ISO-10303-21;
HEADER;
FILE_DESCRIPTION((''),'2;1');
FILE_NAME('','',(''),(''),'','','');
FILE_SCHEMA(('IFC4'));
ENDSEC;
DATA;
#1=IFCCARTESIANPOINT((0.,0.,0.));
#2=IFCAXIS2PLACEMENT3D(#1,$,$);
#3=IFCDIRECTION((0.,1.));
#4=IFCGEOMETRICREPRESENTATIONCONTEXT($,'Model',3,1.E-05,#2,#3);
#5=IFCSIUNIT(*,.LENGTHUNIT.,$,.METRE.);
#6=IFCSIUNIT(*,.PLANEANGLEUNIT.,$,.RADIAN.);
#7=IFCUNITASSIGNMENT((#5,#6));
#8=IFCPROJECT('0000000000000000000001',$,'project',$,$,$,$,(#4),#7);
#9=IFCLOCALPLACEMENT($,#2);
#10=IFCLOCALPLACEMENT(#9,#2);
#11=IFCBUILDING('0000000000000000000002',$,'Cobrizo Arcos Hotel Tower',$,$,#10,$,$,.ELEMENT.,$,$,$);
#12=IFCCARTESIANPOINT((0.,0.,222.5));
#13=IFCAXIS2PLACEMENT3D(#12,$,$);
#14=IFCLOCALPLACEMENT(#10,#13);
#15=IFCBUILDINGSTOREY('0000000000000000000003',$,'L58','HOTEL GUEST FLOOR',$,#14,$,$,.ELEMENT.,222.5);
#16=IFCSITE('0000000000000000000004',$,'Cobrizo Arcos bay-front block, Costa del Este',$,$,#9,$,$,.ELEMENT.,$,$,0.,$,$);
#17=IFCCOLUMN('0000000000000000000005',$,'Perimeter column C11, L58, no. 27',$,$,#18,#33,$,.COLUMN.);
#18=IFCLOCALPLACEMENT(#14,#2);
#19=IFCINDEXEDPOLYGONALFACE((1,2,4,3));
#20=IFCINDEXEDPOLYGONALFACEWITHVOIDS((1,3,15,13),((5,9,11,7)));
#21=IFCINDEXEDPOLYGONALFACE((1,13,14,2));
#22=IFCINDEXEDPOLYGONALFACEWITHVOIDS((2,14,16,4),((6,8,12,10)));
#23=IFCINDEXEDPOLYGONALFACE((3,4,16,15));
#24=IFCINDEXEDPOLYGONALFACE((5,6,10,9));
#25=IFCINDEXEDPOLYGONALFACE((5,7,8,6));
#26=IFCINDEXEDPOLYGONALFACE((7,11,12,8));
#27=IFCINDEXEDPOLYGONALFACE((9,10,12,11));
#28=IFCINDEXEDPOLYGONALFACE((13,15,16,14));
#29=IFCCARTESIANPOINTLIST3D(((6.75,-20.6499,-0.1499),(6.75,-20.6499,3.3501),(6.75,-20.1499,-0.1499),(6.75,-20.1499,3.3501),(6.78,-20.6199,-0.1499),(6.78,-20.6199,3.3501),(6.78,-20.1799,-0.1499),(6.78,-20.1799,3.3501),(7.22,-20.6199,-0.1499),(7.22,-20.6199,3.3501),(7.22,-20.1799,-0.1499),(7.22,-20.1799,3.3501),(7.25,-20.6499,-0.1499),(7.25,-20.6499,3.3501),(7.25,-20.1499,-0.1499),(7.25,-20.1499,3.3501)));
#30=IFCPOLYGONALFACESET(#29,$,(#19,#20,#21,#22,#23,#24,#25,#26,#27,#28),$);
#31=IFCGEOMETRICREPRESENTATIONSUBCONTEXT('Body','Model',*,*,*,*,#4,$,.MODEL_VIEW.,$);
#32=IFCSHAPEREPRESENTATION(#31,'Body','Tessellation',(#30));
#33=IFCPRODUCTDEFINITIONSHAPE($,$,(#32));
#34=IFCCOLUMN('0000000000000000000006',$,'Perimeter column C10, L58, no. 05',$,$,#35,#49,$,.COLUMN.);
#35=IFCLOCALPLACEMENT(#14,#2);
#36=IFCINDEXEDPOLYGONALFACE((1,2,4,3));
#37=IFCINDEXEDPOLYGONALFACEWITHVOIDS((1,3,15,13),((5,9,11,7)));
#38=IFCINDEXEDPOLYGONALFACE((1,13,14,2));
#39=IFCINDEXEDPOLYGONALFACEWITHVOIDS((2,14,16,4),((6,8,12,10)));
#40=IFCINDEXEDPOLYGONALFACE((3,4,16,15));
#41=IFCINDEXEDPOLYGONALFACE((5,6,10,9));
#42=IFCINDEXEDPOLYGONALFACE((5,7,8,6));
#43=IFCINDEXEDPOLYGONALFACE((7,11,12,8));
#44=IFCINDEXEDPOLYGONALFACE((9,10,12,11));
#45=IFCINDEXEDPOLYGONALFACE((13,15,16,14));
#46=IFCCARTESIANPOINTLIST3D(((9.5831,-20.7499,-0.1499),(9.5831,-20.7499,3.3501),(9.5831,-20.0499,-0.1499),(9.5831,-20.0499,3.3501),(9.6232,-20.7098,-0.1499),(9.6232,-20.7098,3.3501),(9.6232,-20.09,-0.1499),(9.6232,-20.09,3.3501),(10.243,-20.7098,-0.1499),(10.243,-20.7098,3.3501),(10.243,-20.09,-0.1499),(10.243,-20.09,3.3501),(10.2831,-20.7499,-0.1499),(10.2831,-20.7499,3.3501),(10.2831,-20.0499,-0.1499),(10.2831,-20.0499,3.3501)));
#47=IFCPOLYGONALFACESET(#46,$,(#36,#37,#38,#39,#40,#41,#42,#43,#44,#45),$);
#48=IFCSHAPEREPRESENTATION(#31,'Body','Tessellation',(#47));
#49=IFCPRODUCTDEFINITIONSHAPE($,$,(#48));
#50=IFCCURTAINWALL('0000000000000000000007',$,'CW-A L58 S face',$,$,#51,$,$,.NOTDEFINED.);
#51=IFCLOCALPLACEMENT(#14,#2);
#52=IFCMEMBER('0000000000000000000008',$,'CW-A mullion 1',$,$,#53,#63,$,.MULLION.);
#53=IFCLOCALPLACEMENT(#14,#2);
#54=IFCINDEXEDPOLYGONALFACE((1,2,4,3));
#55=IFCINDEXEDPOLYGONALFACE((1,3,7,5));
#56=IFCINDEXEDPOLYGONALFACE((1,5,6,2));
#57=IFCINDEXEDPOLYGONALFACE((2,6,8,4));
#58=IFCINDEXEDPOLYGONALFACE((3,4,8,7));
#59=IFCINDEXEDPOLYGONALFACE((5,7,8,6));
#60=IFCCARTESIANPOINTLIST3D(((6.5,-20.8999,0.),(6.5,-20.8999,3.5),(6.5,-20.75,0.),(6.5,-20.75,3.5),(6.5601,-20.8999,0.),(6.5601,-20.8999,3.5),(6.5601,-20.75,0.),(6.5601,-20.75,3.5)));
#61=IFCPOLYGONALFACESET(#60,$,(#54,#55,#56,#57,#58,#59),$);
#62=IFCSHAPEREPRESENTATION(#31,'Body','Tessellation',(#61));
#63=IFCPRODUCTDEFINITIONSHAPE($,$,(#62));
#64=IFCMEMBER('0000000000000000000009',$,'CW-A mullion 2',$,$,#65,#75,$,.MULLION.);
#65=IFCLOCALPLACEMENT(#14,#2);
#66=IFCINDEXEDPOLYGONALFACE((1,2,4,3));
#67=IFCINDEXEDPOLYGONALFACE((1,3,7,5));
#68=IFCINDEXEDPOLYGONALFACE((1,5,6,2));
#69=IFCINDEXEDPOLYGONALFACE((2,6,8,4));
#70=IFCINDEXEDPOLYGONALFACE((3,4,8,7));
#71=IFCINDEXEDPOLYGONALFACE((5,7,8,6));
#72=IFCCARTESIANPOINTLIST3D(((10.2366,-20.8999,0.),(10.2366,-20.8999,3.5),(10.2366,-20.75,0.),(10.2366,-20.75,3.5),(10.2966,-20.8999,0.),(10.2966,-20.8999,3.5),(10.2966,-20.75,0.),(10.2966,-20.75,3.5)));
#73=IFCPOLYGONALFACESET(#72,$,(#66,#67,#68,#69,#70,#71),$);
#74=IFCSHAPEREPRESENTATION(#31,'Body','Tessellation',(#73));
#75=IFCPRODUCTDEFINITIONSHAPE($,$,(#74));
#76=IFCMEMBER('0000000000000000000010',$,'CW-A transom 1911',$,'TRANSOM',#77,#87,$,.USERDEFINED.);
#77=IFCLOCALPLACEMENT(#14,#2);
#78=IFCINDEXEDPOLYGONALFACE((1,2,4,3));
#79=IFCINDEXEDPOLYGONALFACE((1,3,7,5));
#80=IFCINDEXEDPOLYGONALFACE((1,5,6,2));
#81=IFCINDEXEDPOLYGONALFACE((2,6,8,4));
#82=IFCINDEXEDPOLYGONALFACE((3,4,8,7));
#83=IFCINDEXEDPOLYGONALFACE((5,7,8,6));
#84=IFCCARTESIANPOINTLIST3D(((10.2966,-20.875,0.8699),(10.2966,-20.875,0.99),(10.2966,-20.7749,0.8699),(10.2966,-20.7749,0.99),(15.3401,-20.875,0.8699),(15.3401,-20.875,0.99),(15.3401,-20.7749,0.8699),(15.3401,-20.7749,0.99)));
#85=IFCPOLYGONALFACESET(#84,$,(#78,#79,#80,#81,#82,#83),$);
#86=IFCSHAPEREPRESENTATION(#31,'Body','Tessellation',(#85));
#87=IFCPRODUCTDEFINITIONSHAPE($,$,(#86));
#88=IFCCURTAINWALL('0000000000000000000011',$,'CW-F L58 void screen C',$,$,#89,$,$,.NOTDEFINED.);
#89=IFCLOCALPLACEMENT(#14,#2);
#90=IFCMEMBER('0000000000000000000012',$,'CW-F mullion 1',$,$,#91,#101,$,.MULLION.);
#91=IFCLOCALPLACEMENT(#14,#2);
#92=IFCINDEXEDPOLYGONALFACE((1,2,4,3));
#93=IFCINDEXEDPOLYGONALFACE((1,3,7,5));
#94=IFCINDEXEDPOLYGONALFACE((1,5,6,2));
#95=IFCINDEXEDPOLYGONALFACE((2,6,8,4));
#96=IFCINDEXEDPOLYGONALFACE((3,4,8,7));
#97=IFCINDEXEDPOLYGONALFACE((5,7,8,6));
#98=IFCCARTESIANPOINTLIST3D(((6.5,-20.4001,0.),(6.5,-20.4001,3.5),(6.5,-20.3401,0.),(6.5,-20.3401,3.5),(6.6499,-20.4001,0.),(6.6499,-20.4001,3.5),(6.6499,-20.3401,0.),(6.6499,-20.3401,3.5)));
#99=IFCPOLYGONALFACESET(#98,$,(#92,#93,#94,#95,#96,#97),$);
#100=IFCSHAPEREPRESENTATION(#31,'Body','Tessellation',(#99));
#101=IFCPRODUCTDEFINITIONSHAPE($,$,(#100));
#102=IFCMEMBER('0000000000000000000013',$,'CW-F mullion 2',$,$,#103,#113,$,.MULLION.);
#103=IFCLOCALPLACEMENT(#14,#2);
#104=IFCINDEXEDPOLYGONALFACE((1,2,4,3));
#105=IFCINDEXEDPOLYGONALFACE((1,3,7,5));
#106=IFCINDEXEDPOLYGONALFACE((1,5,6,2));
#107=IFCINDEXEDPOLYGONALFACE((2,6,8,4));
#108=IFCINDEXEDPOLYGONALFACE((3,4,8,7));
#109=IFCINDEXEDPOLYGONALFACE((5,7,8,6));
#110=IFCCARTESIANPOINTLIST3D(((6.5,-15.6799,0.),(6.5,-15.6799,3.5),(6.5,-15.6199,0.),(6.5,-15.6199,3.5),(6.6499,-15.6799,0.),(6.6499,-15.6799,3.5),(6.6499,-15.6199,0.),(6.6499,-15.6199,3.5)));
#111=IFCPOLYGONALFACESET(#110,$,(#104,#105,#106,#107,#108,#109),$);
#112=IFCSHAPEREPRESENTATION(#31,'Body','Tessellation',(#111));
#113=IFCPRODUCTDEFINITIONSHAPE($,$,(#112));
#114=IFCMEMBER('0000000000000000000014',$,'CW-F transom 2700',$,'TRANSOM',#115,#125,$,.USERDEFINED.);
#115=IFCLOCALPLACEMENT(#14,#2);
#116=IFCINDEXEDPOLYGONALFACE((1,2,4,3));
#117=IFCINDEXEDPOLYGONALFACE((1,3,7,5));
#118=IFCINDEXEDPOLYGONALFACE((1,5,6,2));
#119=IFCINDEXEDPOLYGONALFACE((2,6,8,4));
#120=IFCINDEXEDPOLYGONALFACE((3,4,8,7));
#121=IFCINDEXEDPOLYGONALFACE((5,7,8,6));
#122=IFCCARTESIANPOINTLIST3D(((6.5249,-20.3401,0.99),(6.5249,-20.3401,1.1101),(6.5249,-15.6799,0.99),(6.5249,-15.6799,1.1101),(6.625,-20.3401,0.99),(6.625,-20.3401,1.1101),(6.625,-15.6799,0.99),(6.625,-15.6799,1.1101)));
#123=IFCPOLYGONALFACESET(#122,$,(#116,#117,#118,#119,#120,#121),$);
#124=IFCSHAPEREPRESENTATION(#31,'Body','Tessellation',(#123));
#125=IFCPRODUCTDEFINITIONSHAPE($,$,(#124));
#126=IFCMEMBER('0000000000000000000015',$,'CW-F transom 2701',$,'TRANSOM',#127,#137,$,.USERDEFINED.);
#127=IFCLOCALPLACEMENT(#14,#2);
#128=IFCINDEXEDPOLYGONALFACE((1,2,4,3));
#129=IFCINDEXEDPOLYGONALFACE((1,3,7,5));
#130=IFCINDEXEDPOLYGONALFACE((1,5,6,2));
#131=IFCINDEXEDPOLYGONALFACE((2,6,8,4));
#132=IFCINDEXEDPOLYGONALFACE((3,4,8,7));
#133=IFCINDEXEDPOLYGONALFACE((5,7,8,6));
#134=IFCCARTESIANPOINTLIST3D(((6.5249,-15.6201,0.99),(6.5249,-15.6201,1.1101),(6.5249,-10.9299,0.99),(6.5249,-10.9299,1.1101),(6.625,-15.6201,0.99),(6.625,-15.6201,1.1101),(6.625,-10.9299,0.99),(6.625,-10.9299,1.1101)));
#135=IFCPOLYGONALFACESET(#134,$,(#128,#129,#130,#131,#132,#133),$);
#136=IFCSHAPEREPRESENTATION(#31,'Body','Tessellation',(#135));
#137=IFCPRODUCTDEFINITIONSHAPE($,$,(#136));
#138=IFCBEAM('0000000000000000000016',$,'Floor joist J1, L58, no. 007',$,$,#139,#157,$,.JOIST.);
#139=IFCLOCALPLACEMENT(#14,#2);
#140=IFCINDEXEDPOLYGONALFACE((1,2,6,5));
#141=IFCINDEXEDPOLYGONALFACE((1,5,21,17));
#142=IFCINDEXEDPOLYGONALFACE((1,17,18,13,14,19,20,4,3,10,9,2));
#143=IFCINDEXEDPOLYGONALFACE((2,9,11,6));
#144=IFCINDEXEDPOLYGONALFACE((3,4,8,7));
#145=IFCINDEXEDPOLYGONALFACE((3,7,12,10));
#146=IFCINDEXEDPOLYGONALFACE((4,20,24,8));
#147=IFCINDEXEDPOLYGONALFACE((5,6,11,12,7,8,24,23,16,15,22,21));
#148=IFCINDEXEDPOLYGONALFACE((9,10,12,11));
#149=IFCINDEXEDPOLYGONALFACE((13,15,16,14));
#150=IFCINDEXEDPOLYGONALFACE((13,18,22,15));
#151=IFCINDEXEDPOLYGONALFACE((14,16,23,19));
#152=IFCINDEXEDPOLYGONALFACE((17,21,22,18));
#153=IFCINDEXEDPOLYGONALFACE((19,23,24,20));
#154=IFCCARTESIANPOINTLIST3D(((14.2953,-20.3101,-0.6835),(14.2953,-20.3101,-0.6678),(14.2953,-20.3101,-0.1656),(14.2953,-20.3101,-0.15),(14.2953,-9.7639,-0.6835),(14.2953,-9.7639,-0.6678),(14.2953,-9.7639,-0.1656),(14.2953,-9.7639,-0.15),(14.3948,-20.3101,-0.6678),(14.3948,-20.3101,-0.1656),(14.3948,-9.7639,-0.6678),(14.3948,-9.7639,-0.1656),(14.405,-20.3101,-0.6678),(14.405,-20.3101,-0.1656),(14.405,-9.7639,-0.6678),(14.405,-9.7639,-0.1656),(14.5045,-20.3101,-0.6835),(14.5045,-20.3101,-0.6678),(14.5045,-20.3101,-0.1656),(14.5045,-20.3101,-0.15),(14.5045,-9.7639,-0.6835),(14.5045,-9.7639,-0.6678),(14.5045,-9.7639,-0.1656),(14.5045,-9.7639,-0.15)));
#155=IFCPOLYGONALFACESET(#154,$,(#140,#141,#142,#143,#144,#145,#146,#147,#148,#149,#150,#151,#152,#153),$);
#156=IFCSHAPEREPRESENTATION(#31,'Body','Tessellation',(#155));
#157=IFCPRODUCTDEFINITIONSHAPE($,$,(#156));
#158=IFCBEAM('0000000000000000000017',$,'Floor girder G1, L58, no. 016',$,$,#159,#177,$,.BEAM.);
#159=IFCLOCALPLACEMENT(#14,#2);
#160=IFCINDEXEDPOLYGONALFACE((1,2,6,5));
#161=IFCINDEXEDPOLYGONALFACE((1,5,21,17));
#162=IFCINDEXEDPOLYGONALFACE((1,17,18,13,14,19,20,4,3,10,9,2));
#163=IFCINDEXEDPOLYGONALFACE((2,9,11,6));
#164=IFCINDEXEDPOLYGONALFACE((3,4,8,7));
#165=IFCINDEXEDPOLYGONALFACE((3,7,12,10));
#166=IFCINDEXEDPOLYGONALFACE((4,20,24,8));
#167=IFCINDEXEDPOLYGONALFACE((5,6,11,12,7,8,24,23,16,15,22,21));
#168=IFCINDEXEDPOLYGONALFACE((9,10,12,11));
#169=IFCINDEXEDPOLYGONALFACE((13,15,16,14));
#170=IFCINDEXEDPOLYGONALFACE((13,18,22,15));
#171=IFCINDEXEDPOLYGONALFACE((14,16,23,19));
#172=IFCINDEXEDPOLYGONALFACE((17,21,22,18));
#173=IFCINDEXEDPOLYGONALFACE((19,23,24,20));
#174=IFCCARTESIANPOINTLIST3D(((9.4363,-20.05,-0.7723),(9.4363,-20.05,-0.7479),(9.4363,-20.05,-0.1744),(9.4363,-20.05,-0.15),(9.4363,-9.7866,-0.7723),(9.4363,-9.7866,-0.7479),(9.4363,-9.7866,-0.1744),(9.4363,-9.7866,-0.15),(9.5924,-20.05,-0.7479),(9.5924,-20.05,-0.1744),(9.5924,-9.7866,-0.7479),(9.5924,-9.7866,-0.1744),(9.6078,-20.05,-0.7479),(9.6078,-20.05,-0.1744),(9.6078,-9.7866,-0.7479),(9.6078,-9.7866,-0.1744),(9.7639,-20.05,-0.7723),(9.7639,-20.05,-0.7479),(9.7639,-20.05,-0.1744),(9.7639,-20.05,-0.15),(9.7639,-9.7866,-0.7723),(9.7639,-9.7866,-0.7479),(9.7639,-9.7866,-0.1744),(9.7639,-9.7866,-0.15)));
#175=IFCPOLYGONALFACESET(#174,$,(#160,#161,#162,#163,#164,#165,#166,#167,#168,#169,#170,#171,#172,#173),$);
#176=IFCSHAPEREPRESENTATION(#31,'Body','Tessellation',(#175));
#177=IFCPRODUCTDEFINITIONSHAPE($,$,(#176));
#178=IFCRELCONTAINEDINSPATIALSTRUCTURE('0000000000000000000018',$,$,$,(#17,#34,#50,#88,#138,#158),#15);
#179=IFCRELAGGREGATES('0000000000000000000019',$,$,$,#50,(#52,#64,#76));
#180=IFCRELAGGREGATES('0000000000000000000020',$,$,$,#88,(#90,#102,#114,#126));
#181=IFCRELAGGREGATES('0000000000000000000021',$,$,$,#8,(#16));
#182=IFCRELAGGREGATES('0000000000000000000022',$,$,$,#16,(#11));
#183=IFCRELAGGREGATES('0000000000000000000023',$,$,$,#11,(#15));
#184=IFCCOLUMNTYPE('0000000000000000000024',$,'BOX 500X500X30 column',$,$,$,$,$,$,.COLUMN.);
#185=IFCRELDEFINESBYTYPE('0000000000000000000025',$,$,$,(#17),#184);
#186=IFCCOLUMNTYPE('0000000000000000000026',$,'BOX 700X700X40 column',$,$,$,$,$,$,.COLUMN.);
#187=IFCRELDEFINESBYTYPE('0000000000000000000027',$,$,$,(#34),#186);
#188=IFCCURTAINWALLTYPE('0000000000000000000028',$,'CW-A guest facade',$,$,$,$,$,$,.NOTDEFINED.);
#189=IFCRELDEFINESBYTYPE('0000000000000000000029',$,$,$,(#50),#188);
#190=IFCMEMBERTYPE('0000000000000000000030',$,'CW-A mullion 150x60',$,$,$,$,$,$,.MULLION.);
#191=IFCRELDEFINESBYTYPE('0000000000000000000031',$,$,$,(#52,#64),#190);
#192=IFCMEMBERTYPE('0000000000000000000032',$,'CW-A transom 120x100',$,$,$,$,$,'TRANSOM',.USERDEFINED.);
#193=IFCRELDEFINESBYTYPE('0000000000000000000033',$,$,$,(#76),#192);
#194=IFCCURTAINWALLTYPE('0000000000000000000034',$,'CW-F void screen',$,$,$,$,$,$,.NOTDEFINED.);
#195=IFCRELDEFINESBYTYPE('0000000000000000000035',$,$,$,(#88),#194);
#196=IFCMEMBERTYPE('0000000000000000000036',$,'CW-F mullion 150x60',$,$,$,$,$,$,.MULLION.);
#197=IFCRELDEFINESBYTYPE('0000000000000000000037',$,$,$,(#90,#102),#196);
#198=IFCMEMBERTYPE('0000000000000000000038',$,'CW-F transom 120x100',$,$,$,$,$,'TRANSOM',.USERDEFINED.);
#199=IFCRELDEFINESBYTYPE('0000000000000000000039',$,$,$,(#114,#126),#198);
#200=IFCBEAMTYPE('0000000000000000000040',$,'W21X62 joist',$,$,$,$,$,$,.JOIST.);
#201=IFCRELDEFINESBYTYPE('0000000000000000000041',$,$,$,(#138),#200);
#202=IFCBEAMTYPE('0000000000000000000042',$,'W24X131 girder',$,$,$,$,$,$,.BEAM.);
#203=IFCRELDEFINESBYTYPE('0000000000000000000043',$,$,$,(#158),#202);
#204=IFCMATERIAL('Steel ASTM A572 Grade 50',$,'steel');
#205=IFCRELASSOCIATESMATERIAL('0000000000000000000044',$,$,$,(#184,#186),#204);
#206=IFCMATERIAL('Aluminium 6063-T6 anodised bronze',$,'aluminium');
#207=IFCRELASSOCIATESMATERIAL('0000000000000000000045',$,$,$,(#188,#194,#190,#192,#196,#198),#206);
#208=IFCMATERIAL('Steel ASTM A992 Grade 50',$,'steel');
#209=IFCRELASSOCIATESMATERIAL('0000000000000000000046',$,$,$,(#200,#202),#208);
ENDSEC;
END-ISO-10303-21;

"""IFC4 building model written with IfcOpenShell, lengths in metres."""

from ifc_helpers import new_model, si_unit, direction, frame, origin, origin_2d, place, context, subcontext, project, spatial, rectangle, hollow_rectangle, i_section, extrude, material, material_profile, profile_set, type_object, element, aggregate, save


model = new_model("IFC4")

# Units and contexts
model_context = context("Model", 3, precision=1e-05, world=origin(), true_north=direction((0.0, 1.0)))
body_context = subcontext(model_context, "Body", "Model", "MODEL_VIEW")
ifc_project = project(units=[si_unit("LENGTHUNIT", "METRE"), si_unit("PLANEANGLEUNIT", "RADIAN")], contexts=[model_context])

# Site, building, storey
site_placement = place(None, origin())
site = spatial("IfcSite", under=ifc_project, at=site_placement, Name="Cobrizo Arcos bay-front block, Costa del Este", CompositionType="ELEMENT", RefElevation=0.0)
building_placement = place(site_placement, origin())
building = spatial("IfcBuilding", under=site, at=building_placement, Name="Cobrizo Arcos Hotel Tower", CompositionType="ELEMENT")
storey_placement = place(building_placement, frame((0.0, 0.0, 222.5)))
storey = spatial("IfcBuildingStorey", under=building, at=storey_placement, Name="L58", Description="HOTEL GUEST FLOOR", CompositionType="ELEMENT", Elevation=222.5)

# Columns
ifc_material_1 = material(Name="Steel ASTM A572 Grade 50", Category="steel")
ifc_material_profile_1 = material_profile(ifc_material_1, hollow_rectangle(XDim=0.5, YDim=0.5, WallThickness=0.03, at=origin_2d()), Name="BOX 500X500X30")
ifc_profile_set_1 = profile_set([ifc_material_profile_1], Name="Steel ASTM A572 Grade 50")
column_type_1 = type_object("IfcColumnType", Name="BOX 500X500X30 column", PredefinedType="COLUMN", material=ifc_profile_set_1)
column_1_placement = place(storey_placement, frame((7.0, -20.3999, -0.1499), z_axis=(0.0, 0.0, 1.0), x_axis=(1.0, 0.0, 0.0)))
element("IfcColumn", 1, at=column_1_placement, inside=storey, type_object=column_type_1, Name="Perimeter column C11, L58, no. 27", PredefinedType="COLUMN", context=body_context, shape_type="SweptSolid", body=[
    extrude(hollow_rectangle(XDim=0.5, YDim=0.5, WallThickness=0.03, at=origin_2d()), origin(), (0.0, 0.0, 1.0), 3.5),
])
ifc_material_profile_2 = material_profile(ifc_material_1, hollow_rectangle(XDim=0.7, YDim=0.7, WallThickness=0.04, at=origin_2d()), Name="BOX 700X700X40")
ifc_profile_set_2 = profile_set([ifc_material_profile_2], Name="Steel ASTM A572 Grade 50")
column_type_2 = type_object("IfcColumnType", Name="BOX 700X700X40 column", PredefinedType="COLUMN", material=ifc_profile_set_2)
column_2_placement = place(storey_placement, frame((9.9331, -20.3999, -0.1499), z_axis=(0.0, 0.0, 1.0), x_axis=(1.0, 0.0, 0.0)))
element("IfcColumn", 2, at=column_2_placement, inside=storey, type_object=column_type_2, Name="Perimeter column C10, L58, no. 05", PredefinedType="COLUMN", context=body_context, shape_type="SweptSolid", body=[
    extrude(hollow_rectangle(XDim=0.7, YDim=0.7, WallThickness=0.04, at=origin_2d()), origin(), (0.0, 0.0, 1.0), 3.5),
])

# Curtain walls, members
ifc_material_2 = material(Name="Aluminium 6063-T6 anodised bronze", Category="aluminium")
curtain_wall_type_1 = type_object("IfcCurtainWallType", Name="CW-A guest facade", PredefinedType="NOTDEFINED", material=ifc_material_2)
curtain_wall_1_placement = place(storey_placement, origin())
curtain_wall_1 = element("IfcCurtainWall", 3, at=curtain_wall_1_placement, inside=storey, type_object=curtain_wall_type_1, Name="CW-A L58 S face", PredefinedType="NOTDEFINED")
ifc_material_profile_3 = material_profile(ifc_material_2, rectangle(XDim=0.1499, YDim=0.0601, at=origin_2d()), Name="CW-A mullion 150x60")
ifc_profile_set_3 = profile_set([ifc_material_profile_3], Name="Aluminium 6063-T6 anodised bronze")
member_type_1 = type_object("IfcMemberType", Name="CW-A mullion 150x60", PredefinedType="MULLION", material=ifc_profile_set_3)
member_1_placement = place(storey_placement, frame((6.53, -20.825, 0.0), z_axis=(0.0, 0.0, 1.0), x_axis=(0.0, -1.0, 0.0)))
member_1 = element("IfcMember", 4, at=member_1_placement, type_object=member_type_1, Name="CW-A mullion 1", PredefinedType="MULLION", context=body_context, shape_type="SweptSolid", body=[
    extrude(rectangle(XDim=0.1499, YDim=0.0601, at=origin_2d()), origin(), (0.0, 0.0, 1.0), 3.5),
])
member_2_placement = place(storey_placement, frame((10.2666, -20.825, 0.0), z_axis=(0.0, 0.0, 1.0), x_axis=(0.0, -1.0, 0.0)))
member_2 = element("IfcMember", 5, at=member_2_placement, type_object=member_type_1, Name="CW-A mullion 2", PredefinedType="MULLION", context=body_context, shape_type="SweptSolid", body=[
    extrude(rectangle(XDim=0.1499, YDim=0.0601, at=origin_2d()), origin(), (0.0, 0.0, 1.0), 3.5),
])
ifc_material_profile_4 = material_profile(ifc_material_2, rectangle(XDim=0.1001, YDim=0.1201, at=origin_2d()), Name="CW-A transom 120x100")
ifc_profile_set_4 = profile_set([ifc_material_profile_4], Name="Aluminium 6063-T6 anodised bronze")
member_type_2 = type_object("IfcMemberType", Name="CW-A transom 120x100", ElementType="TRANSOM", PredefinedType="USERDEFINED", material=ifc_profile_set_4)
member_3_placement = place(storey_placement, frame((10.2966, -20.825, 0.9299), z_axis=(1.0, 0.0, 0.0), x_axis=(0.0, 1.0, 0.0)))
member_3 = element("IfcMember", 6, at=member_3_placement, type_object=member_type_2, Name="CW-A transom 1911", ObjectType="TRANSOM", PredefinedType="USERDEFINED", context=body_context, shape_type="SweptSolid", body=[
    extrude(rectangle(XDim=0.1001, YDim=0.1201, at=origin_2d()), origin(), (0.0, 0.0, 1.0), 5.0435),
])
curtain_wall_type_2 = type_object("IfcCurtainWallType", Name="CW-F void screen", PredefinedType="NOTDEFINED", material=ifc_material_2)
curtain_wall_2_placement = place(storey_placement, origin())
curtain_wall_2 = element("IfcCurtainWall", 7, at=curtain_wall_2_placement, inside=storey, type_object=curtain_wall_type_2, Name="CW-F L58 void screen C", PredefinedType="NOTDEFINED")
ifc_material_profile_5 = material_profile(ifc_material_2, rectangle(XDim=0.1499, YDim=0.0601, at=origin_2d()), Name="CW-F mullion 150x60")
ifc_profile_set_5 = profile_set([ifc_material_profile_5], Name="Aluminium 6063-T6 anodised bronze")
member_type_3 = type_object("IfcMemberType", Name="CW-F mullion 150x60", PredefinedType="MULLION", material=ifc_profile_set_5)
member_4_placement = place(storey_placement, frame((6.575, -20.3701, 0.0), z_axis=(0.0, 0.0, 1.0), x_axis=(1.0, 0.0, 0.0)))
member_4 = element("IfcMember", 8, at=member_4_placement, type_object=member_type_3, Name="CW-F mullion 1", PredefinedType="MULLION", context=body_context, shape_type="SweptSolid", body=[
    extrude(rectangle(XDim=0.1499, YDim=0.0601, at=origin_2d()), origin(), (0.0, 0.0, 1.0), 3.5),
])
member_5_placement = place(storey_placement, frame((6.575, -15.6499, 0.0), z_axis=(0.0, 0.0, 1.0), x_axis=(1.0, 0.0, 0.0)))
member_5 = element("IfcMember", 9, at=member_5_placement, type_object=member_type_3, Name="CW-F mullion 2", PredefinedType="MULLION", context=body_context, shape_type="SweptSolid", body=[
    extrude(rectangle(XDim=0.1499, YDim=0.0601, at=origin_2d()), origin(), (0.0, 0.0, 1.0), 3.5),
])
ifc_material_profile_6 = material_profile(ifc_material_2, rectangle(XDim=0.1001, YDim=0.1201, at=origin_2d()), Name="CW-F transom 120x100")
ifc_profile_set_6 = profile_set([ifc_material_profile_6], Name="Aluminium 6063-T6 anodised bronze")
member_type_4 = type_object("IfcMemberType", Name="CW-F transom 120x100", ElementType="TRANSOM", PredefinedType="USERDEFINED", material=ifc_profile_set_6)
member_6_placement = place(storey_placement, frame((6.575, -20.3401, 1.05), z_axis=(0.0, 1.0, 0.0), x_axis=(-1.0, 0.0, 0.0)))
member_6 = element("IfcMember", 10, at=member_6_placement, type_object=member_type_4, Name="CW-F transom 2700", ObjectType="TRANSOM", PredefinedType="USERDEFINED", context=body_context, shape_type="SweptSolid", body=[
    extrude(rectangle(XDim=0.1001, YDim=0.1201, at=origin_2d()), origin(), (0.0, 0.0, 1.0), 4.6602),
])
member_7_placement = place(storey_placement, frame((6.575, -15.6201, 1.05), z_axis=(0.0, 1.0, 0.0), x_axis=(-1.0, 0.0, 0.0)))
member_7 = element("IfcMember", 11, at=member_7_placement, type_object=member_type_4, Name="CW-F transom 2701", ObjectType="TRANSOM", PredefinedType="USERDEFINED", context=body_context, shape_type="SweptSolid", body=[
    extrude(rectangle(XDim=0.1001, YDim=0.1201, at=origin_2d()), origin(), (0.0, 0.0, 1.0), 4.6902),
])

# Beams
ifc_material_3 = material(Name="Steel ASTM A992 Grade 50", Category="steel")
ifc_material_profile_7 = material_profile(ifc_material_3, i_section(OverallWidth=0.2092, OverallDepth=0.5334, WebThickness=0.0103, FlangeThickness=0.0156, at=origin_2d()), Name="W21X62")
ifc_profile_set_7 = profile_set([ifc_material_profile_7], Name="Steel ASTM A992 Grade 50")
beam_type_1 = type_object("IfcBeamType", Name="W21X62 joist", PredefinedType="JOIST", material=ifc_profile_set_7)
beam_1_placement = place(storey_placement, frame((14.3999, -20.3101, -0.4167), z_axis=(0.0, 1.0, 0.0), x_axis=(-1.0, 0.0, 0.0)))
element("IfcBeam", 12, at=beam_1_placement, inside=storey, type_object=beam_type_1, Name="Floor joist J1, L58, no. 007", PredefinedType="JOIST", context=body_context, shape_type="SweptSolid", body=[
    extrude(i_section(OverallWidth=0.2092, OverallDepth=0.5334, WebThickness=0.0103, FlangeThickness=0.0156, at=origin_2d()), origin(), (0.0, 0.0, 1.0), 10.5461),
])
ifc_material_profile_8 = material_profile(ifc_material_3, i_section(OverallWidth=0.3276, OverallDepth=0.6223, WebThickness=0.0154, FlangeThickness=0.0244, at=origin_2d()), Name="W24X131")
ifc_profile_set_8 = profile_set([ifc_material_profile_8], Name="Steel ASTM A992 Grade 50")
beam_type_2 = type_object("IfcBeamType", Name="W24X131 girder", PredefinedType="BEAM", material=ifc_profile_set_8)
beam_2_placement = place(storey_placement, frame((9.6001, -20.05, -0.4612), z_axis=(0.0, 1.0, 0.0), x_axis=(-1.0, 0.0, 0.0)))
element("IfcBeam", 13, at=beam_2_placement, inside=storey, type_object=beam_type_2, Name="Floor girder G1, L58, no. 016", PredefinedType="BEAM", context=body_context, shape_type="SweptSolid", body=[
    extrude(i_section(OverallWidth=0.3276, OverallDepth=0.6223, WebThickness=0.0154, FlangeThickness=0.0244, at=origin_2d()), origin(), (0.0, 0.0, 1.0), 10.2634),
])

aggregate(curtain_wall_1, [member_1, member_2, member_3])
aggregate(curtain_wall_2, [member_4, member_5, member_6, member_7])

save(model, "model.ifc")
